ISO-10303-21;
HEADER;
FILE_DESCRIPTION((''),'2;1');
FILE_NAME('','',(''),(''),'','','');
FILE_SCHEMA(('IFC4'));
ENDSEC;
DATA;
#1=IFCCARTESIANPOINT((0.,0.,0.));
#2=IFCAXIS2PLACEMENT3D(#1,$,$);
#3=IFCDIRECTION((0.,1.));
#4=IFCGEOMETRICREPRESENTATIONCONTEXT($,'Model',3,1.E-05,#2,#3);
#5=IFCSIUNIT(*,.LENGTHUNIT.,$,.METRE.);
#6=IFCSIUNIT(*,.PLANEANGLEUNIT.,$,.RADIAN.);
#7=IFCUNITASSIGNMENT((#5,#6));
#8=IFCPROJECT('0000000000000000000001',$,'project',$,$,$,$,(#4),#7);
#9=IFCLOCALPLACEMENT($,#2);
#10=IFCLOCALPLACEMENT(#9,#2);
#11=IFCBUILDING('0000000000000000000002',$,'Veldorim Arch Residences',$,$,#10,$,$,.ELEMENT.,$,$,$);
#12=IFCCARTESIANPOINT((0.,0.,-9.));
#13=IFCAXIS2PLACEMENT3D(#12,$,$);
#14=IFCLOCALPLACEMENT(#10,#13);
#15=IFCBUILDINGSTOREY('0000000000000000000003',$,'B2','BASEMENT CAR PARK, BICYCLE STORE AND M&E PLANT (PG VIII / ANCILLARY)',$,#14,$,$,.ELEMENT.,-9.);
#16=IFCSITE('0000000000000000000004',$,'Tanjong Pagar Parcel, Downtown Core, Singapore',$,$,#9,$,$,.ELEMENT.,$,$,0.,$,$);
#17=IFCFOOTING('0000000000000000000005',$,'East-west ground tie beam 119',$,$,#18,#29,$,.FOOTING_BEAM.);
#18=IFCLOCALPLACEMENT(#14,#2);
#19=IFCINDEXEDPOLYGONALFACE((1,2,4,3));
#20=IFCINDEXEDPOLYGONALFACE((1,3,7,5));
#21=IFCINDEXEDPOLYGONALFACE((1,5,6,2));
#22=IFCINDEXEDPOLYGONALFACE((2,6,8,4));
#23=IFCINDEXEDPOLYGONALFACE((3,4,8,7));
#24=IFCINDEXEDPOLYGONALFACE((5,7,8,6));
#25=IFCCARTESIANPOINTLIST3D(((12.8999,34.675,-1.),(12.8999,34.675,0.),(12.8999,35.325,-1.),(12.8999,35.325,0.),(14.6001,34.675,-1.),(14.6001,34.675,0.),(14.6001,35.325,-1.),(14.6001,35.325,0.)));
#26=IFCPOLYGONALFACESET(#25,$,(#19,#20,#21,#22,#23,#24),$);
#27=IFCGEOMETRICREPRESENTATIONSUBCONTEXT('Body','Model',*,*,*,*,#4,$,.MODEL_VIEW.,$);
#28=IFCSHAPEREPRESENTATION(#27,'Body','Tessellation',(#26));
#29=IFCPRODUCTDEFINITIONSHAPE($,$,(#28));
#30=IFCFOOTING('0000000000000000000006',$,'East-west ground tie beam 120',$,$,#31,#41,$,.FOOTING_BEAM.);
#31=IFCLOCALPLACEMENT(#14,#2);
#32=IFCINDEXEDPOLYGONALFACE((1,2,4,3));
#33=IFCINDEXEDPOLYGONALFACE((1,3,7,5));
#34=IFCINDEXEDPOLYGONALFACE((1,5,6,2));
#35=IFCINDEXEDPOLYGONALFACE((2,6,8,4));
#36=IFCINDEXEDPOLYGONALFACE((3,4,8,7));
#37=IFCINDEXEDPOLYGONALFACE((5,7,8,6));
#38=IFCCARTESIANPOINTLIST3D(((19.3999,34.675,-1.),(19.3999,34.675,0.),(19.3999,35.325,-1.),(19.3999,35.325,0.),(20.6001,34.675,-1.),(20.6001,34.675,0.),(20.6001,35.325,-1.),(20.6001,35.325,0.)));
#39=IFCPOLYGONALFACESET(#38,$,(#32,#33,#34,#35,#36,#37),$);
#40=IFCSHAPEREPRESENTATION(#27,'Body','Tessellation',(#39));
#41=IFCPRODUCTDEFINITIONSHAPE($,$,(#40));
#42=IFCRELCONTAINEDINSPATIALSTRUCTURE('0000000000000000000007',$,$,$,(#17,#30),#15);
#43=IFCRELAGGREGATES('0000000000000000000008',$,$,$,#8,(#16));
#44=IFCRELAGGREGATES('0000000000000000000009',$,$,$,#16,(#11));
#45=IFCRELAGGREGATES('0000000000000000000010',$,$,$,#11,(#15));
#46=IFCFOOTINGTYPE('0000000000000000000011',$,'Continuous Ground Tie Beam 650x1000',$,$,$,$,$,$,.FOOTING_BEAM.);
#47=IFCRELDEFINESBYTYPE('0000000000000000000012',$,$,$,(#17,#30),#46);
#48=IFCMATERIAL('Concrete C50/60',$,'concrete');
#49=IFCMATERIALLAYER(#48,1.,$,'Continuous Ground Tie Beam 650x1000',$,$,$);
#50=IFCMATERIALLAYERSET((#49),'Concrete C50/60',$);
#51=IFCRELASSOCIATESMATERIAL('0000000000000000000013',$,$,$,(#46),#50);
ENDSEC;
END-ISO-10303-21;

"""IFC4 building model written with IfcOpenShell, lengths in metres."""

from ifc_helpers import new_model, si_unit, direction, frame, origin, place, context, subcontext, project, spatial, polyline, outline, extrude, material, layer, layer_set, type_object, element, save


model = new_model("IFC4")

# Units and contexts
model_context = context("Model", 3, precision=1e-05, world=origin(), true_north=direction((0.0, 1.0)))
body_context = subcontext(model_context, "Body", "Model", "MODEL_VIEW")
ifc_project = project(units=[si_unit("LENGTHUNIT", "METRE"), si_unit("PLANEANGLEUNIT", "RADIAN")], contexts=[model_context])

# Site, building, storey
site_placement = place(None, origin())
site = spatial("IfcSite", under=ifc_project, at=site_placement, Name="Tanjong Pagar Parcel, Downtown Core, Singapore", CompositionType="ELEMENT", RefElevation=0.0)
building_placement = place(site_placement, origin())
building = spatial("IfcBuilding", under=site, at=building_placement, Name="Veldorim Arch Residences", CompositionType="ELEMENT")
storey_placement = place(building_placement, frame((0.0, 0.0, -9.0)))
storey = spatial("IfcBuildingStorey", under=building, at=storey_placement, Name="B2", Description="BASEMENT CAR PARK, BICYCLE STORE AND M&E PLANT (PG VIII / ANCILLARY)", CompositionType="ELEMENT", Elevation=-9.0)

# Footings
ifc_material = material(Name="Concrete C50/60", Category="concrete")
ifc_layer = layer(ifc_material, 1.0, Name="Continuous Ground Tie Beam 650x1000")
ifc_layer_set = layer_set([ifc_layer], Name="Concrete C50/60")
footing_type = type_object("IfcFootingType", Name="Continuous Ground Tie Beam 650x1000", PredefinedType="FOOTING_BEAM", material=ifc_layer_set)
footing_1_placement = place(storey_placement, frame((0.0, 0.0, -1.0)))
element("IfcFooting", 1, at=footing_1_placement, inside=storey, type_object=footing_type, Name="East-west ground tie beam 119", PredefinedType="FOOTING_BEAM", context=body_context, shape_type="SweptSolid", body=[
    extrude(outline(polyline([(12.8999, 34.675), (14.6001, 34.675), (14.6001, 35.325), (12.8999, 35.325), (12.8999, 34.675)])), origin(), (0.0, 0.0, 1.0), 1.0),
])
footing_2_placement = place(storey_placement, frame((0.0, 0.0, -1.0)))
element("IfcFooting", 2, at=footing_2_placement, inside=storey, type_object=footing_type, Name="East-west ground tie beam 120", PredefinedType="FOOTING_BEAM", context=body_context, shape_type="SweptSolid", body=[
    extrude(outline(polyline([(19.3999, 34.675), (20.6001, 34.675), (20.6001, 35.325), (19.3999, 35.325), (19.3999, 34.675)])), origin(), (0.0, 0.0, 1.0), 1.0),
])

save(model, "model.ifc")
